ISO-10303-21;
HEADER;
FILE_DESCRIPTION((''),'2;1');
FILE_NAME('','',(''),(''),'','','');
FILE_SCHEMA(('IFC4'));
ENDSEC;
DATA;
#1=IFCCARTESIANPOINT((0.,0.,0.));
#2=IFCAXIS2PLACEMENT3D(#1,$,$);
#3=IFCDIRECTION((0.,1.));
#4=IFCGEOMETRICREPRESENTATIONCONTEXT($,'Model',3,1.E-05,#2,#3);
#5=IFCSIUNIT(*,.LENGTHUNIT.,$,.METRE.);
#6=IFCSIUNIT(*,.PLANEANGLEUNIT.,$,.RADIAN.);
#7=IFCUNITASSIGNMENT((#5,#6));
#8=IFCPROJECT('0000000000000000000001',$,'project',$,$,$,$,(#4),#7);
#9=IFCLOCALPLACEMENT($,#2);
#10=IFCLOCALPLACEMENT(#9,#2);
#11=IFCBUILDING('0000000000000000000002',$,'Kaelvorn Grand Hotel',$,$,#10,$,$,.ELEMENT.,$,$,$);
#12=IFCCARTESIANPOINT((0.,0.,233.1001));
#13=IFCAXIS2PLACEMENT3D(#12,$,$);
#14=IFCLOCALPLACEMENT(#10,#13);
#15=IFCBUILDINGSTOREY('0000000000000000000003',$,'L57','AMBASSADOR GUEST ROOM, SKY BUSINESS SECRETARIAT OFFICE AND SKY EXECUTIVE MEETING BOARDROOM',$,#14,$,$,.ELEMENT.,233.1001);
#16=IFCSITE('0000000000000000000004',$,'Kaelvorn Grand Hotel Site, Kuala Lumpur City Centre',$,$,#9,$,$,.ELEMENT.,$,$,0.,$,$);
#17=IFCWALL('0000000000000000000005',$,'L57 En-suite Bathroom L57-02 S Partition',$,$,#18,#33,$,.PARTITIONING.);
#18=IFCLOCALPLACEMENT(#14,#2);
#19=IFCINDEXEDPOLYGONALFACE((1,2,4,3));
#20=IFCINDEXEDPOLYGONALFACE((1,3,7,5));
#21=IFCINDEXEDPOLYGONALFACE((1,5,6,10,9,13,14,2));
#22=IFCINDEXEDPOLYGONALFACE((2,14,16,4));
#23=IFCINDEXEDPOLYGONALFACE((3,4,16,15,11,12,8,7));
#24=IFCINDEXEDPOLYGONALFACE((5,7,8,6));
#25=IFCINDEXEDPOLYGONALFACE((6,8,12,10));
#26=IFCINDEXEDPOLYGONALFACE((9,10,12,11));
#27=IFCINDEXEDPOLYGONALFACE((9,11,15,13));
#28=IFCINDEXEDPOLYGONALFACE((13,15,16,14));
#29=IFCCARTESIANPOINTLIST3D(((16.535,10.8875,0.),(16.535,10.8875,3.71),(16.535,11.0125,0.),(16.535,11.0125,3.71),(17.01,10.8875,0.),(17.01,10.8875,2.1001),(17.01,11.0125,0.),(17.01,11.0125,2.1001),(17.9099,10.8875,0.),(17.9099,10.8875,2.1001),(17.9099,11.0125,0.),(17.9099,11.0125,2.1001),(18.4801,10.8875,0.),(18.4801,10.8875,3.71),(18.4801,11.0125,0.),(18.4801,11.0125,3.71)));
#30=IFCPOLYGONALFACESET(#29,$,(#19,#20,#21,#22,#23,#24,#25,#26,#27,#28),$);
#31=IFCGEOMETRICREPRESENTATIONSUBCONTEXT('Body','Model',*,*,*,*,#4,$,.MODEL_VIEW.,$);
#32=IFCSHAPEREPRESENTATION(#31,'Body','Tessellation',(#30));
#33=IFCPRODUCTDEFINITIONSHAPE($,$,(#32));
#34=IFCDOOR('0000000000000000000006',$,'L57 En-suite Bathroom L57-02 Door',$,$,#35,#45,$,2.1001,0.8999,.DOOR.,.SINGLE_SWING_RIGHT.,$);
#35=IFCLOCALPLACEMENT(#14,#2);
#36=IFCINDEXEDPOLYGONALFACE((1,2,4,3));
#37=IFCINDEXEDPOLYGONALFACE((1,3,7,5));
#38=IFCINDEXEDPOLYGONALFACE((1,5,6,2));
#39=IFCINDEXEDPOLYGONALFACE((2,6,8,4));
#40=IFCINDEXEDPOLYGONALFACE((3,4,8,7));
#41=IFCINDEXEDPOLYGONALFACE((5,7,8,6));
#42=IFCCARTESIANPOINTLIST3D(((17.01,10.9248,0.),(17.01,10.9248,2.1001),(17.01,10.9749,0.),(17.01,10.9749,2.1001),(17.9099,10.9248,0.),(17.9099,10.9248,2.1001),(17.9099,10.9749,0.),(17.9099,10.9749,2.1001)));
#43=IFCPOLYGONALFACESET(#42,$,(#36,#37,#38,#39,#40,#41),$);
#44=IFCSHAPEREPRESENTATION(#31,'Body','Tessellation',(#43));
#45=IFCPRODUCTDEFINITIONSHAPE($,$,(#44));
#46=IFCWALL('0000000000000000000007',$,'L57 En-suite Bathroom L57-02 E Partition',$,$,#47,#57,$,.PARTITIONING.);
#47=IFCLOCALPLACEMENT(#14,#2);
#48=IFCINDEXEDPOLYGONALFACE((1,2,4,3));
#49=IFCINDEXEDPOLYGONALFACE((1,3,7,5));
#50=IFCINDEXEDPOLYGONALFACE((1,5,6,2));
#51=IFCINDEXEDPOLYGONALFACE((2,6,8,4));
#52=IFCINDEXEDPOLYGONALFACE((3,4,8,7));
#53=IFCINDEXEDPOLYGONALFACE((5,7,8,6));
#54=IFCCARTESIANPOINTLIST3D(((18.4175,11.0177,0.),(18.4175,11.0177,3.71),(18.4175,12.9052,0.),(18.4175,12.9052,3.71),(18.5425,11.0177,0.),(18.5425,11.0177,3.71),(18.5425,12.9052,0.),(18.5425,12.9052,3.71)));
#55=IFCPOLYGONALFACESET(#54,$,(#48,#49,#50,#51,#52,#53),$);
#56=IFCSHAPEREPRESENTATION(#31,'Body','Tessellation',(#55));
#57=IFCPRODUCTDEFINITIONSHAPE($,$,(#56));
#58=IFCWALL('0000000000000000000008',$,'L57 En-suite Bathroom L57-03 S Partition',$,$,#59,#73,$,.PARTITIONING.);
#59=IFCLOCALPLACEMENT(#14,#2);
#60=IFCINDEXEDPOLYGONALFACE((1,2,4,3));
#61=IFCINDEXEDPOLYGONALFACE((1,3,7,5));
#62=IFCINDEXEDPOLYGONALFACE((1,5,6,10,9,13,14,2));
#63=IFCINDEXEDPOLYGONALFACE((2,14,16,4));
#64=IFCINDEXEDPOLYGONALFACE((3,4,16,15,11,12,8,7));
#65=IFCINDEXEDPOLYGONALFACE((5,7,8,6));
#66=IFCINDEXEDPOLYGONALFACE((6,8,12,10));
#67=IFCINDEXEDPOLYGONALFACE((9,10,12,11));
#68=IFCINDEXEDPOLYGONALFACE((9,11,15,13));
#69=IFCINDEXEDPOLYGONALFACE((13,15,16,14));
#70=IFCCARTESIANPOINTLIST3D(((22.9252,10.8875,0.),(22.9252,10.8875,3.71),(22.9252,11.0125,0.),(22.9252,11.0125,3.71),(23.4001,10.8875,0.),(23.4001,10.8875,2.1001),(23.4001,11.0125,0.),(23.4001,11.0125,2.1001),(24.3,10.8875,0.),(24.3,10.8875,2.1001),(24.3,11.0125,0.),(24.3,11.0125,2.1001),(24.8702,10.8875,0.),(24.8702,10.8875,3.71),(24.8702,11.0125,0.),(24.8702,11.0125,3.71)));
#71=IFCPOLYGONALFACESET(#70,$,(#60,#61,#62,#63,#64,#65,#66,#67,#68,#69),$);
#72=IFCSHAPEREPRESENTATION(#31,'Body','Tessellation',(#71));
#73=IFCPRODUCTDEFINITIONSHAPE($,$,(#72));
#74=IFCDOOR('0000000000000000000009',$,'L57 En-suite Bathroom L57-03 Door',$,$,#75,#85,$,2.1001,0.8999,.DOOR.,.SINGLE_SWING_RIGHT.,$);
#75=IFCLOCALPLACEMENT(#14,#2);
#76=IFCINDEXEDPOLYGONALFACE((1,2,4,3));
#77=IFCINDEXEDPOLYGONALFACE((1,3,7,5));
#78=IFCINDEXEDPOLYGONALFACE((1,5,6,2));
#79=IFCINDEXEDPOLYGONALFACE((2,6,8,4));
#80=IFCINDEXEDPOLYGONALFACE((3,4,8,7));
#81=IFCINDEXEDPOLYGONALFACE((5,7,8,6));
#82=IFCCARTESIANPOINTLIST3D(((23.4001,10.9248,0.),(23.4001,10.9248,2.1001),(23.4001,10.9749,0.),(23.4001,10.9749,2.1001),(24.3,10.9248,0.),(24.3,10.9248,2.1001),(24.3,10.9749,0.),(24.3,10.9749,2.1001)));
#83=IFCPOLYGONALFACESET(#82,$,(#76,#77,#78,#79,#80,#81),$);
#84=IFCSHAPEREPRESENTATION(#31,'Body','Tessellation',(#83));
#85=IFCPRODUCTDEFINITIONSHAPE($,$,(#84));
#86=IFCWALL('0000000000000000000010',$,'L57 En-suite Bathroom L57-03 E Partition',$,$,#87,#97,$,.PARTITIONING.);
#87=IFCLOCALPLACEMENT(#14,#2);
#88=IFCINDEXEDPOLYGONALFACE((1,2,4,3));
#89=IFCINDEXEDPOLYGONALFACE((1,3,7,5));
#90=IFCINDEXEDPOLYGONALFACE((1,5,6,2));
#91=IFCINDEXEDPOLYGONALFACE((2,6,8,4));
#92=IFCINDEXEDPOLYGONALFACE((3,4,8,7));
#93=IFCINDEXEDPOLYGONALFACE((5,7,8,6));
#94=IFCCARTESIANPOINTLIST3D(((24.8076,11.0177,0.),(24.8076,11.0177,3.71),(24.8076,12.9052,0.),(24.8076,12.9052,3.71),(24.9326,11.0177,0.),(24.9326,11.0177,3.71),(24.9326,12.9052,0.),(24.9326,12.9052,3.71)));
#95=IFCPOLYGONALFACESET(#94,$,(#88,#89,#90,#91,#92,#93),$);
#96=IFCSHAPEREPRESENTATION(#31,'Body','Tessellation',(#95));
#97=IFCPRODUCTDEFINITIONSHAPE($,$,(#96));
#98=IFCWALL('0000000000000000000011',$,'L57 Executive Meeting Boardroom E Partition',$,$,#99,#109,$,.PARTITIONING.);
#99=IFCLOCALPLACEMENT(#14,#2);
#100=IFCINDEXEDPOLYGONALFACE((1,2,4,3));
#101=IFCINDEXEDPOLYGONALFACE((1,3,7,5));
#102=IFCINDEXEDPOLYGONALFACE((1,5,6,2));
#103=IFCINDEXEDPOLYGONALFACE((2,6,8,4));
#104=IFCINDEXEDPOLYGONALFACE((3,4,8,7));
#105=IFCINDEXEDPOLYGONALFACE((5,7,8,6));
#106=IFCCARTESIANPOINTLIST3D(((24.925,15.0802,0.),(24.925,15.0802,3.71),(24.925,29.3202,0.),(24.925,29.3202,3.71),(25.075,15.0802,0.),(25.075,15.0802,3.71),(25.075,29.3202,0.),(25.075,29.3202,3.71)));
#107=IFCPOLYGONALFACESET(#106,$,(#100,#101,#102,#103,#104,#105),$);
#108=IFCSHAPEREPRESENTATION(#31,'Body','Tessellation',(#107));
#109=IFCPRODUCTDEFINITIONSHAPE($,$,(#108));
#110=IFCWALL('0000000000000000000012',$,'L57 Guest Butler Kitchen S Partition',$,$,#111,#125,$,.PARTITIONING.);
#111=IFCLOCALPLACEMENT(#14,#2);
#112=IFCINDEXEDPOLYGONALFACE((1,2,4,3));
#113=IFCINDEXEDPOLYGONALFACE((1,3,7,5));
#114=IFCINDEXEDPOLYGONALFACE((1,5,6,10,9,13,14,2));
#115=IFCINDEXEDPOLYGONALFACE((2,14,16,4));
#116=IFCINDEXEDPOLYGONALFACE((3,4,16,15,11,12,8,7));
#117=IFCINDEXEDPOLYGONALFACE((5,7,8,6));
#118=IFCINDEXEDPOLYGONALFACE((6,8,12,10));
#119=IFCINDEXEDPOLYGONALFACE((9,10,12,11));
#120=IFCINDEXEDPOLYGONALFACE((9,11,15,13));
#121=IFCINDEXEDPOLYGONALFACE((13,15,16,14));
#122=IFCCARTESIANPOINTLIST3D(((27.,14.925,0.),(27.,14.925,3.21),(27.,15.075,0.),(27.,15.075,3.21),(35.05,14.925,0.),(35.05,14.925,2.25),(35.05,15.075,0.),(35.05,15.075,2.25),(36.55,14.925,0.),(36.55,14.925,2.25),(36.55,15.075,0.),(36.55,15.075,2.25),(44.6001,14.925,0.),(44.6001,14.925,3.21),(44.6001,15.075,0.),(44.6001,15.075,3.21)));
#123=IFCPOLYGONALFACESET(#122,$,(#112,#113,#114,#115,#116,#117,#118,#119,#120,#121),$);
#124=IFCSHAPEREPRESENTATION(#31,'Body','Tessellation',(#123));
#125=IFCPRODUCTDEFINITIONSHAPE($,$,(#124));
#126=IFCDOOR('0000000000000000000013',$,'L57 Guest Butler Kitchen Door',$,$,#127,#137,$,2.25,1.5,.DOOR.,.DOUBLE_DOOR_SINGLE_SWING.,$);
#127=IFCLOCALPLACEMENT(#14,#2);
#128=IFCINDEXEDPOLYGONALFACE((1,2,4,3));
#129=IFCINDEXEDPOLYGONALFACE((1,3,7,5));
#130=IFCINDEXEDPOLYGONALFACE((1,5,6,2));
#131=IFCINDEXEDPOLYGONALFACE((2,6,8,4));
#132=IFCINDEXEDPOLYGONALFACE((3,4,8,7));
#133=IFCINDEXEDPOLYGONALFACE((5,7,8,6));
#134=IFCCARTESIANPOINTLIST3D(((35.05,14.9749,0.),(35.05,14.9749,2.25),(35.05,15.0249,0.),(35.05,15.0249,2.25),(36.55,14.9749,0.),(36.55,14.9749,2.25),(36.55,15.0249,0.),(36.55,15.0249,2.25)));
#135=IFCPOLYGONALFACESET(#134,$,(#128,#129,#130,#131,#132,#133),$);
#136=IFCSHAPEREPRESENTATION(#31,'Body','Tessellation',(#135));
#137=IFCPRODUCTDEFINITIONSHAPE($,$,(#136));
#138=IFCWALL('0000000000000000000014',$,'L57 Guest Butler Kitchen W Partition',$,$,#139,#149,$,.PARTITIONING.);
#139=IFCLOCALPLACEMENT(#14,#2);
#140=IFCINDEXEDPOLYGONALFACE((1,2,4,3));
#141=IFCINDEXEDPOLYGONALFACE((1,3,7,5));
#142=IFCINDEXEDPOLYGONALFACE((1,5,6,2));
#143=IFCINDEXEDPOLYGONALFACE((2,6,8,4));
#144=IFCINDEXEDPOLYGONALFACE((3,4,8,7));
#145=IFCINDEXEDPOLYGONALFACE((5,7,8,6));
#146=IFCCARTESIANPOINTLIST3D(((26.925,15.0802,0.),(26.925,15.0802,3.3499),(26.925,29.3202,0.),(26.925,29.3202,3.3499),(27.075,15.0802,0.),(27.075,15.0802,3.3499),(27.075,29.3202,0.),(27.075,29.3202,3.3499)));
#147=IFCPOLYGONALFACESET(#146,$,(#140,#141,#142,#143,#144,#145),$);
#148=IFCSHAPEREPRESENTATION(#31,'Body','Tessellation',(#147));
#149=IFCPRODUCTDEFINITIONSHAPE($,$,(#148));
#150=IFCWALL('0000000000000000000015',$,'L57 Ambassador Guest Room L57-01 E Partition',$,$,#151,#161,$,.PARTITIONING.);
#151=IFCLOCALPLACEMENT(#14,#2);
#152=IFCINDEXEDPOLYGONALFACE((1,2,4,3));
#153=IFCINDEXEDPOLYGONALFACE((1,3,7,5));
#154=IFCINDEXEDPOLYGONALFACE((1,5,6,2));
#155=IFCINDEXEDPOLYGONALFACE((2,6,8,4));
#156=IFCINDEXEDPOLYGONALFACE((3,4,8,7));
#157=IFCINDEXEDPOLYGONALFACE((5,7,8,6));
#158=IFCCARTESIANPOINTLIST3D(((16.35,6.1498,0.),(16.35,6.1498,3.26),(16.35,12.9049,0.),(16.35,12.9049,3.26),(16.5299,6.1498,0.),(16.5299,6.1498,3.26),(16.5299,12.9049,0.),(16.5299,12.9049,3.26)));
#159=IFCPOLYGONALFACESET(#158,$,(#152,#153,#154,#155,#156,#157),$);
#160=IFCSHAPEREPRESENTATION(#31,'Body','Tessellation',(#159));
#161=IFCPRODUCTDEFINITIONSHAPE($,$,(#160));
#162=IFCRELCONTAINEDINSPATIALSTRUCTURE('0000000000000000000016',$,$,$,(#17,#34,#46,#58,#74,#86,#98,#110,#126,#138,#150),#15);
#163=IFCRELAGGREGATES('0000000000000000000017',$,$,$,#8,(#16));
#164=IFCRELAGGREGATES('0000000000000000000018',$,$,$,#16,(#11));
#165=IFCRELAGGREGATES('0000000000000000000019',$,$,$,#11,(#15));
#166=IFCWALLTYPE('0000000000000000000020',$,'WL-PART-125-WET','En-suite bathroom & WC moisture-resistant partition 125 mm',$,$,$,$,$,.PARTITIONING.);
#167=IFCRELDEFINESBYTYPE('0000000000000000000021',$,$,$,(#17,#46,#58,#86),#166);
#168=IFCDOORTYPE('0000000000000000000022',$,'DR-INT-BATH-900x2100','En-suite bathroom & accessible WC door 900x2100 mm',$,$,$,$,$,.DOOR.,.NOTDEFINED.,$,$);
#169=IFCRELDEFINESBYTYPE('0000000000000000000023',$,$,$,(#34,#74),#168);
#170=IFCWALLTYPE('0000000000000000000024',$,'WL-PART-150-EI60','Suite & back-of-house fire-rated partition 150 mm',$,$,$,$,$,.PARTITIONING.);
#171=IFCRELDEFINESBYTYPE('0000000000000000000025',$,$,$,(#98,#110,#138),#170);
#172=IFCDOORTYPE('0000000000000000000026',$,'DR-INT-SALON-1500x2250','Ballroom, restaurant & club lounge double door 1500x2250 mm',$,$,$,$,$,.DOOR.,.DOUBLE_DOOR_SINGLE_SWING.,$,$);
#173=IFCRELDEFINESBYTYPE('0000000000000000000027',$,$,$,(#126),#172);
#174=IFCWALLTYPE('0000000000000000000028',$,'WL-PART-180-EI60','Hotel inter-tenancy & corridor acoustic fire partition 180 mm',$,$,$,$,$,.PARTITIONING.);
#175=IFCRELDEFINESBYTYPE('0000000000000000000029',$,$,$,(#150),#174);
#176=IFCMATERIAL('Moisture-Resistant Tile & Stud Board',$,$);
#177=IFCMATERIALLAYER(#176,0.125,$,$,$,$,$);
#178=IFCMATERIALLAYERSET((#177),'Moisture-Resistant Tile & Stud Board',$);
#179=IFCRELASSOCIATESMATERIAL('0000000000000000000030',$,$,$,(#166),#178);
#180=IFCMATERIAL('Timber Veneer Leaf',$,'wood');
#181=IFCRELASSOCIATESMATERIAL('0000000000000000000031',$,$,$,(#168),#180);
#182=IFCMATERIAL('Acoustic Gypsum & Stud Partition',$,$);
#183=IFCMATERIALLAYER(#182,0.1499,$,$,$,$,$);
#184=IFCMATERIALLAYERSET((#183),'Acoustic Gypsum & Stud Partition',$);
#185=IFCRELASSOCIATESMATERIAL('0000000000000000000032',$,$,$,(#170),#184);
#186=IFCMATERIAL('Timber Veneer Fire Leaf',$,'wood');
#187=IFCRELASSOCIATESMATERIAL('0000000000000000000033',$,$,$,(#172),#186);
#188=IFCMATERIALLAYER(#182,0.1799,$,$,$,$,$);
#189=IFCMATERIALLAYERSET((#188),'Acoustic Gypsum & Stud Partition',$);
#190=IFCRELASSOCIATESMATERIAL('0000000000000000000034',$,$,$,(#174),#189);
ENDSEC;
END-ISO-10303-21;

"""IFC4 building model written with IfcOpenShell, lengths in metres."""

from ifc_helpers import new_model, si_unit, direction, frame, frame_2d, origin, place, context, subcontext, project, spatial, rectangle, extrude, material, layer, layer_set, type_object, element, fill, save


model = new_model("IFC4")

# Units and contexts
model_context = context("Model", 3, precision=1e-05, world=origin(), true_north=direction((0.0, 1.0)))
body_context = subcontext(model_context, "Body", "Model", "MODEL_VIEW")
ifc_project = project(units=[si_unit("LENGTHUNIT", "METRE"), si_unit("PLANEANGLEUNIT", "RADIAN")], contexts=[model_context])

# Site, building, storey
site_placement = place(None, origin())
site = spatial("IfcSite", under=ifc_project, at=site_placement, Name="Kaelvorn Grand Hotel Site, Kuala Lumpur City Centre", CompositionType="ELEMENT", RefElevation=0.0)
building_placement = place(site_placement, origin())
building = spatial("IfcBuilding", under=site, at=building_placement, Name="Kaelvorn Grand Hotel", CompositionType="ELEMENT")
storey_placement = place(building_placement, frame((0.0, 0.0, 233.1001)))
storey = spatial("IfcBuildingStorey", under=building, at=storey_placement, Name="L57", Description="AMBASSADOR GUEST ROOM, SKY BUSINESS SECRETARIAT OFFICE AND SKY EXECUTIVE MEETING BOARDROOM", CompositionType="ELEMENT", Elevation=233.1001)

# Wall, opening, door
ifc_material_1 = material(Name="Moisture-Resistant Tile & Stud Board")
ifc_layer_1 = layer(ifc_material_1, 0.125)
ifc_layer_set_1 = layer_set([ifc_layer_1], Name="Moisture-Resistant Tile & Stud Board")
wall_type_1 = type_object("IfcWallType", Name="WL-PART-125-WET", Description="En-suite bathroom & WC moisture-resistant partition 125 mm", PredefinedType="PARTITIONING", material=ifc_layer_set_1)
wall_1_placement = place(storey_placement, frame((16.5349, 10.95, 0.0), z_axis=(0.0, 0.0, 1.0), x_axis=(1.0, 0.0, 0.0)))
wall_1 = element("IfcWall", 1, at=wall_1_placement, inside=storey, type_object=wall_type_1, Name="L57 En-suite Bathroom L57-02 S Partition", PredefinedType="PARTITIONING", context=body_context, shape_type="SweptSolid", body=[
    extrude(rectangle(XDim=1.9451, YDim=0.125, at=frame_2d((0.9727, 0.0))), origin(), (0.0, 0.0, 1.0), 3.71),
])
opening_1_placement = place(wall_1_placement, frame((0.4751, 0.0, 0.0)))
opening_1 = element("IfcOpeningElement", 2, at=opening_1_placement, cuts=wall_1, PredefinedType="OPENING", context=body_context, shape_type="SweptSolid", body=[
    extrude(rectangle(XDim=0.8999, YDim=2.1001, at=frame_2d((0.45, 1.05))), frame((0.0, 0.0725, 0.0), z_axis=(0.0, -1.0, 0.0), x_axis=(1.0, 0.0, 0.0)), (0.0, 0.0, 1.0), 0.145),
])
ifc_material_2 = material(Name="Timber Veneer Leaf", Category="wood")
door_type_1 = type_object("IfcDoorType", Name="DR-INT-BATH-900x2100", Description="En-suite bathroom & accessible WC door 900x2100 mm", OperationType="NOTDEFINED", PredefinedType="DOOR", material=ifc_material_2)
door_1_placement = place(opening_1_placement, origin())
door_1 = element("IfcDoor", 3, at=door_1_placement, inside=storey, type_object=door_type_1, Name="L57 En-suite Bathroom L57-02 Door", OperationType="SINGLE_SWING_RIGHT", OverallHeight=2.1001, OverallWidth=0.8999, PredefinedType="DOOR", context=body_context, shape_type="SweptSolid", body=[
    extrude(rectangle(XDim=0.8999, YDim=2.1001, at=frame_2d((0.45, 1.05))), frame((0.0, 0.0249, 0.0), z_axis=(0.0, -1.0, 0.0), x_axis=(1.0, 0.0, 0.0)), (0.0, 0.0, 1.0), 0.05),
])
fill(opening_1, door_1)

# Wall
wall_2_placement = place(storey_placement, frame((18.48, 11.0176, 0.0), z_axis=(0.0, 0.0, 1.0), x_axis=(0.0, 1.0, 0.0)))
element("IfcWall", 4, at=wall_2_placement, inside=storey, type_object=wall_type_1, Name="L57 En-suite Bathroom L57-02 E Partition", PredefinedType="PARTITIONING", context=body_context, shape_type="SweptSolid", body=[
    extrude(rectangle(XDim=1.8875, YDim=0.125, at=frame_2d((0.9438, 0.0))), origin(), (0.0, 0.0, 1.0), 3.71),
])

# Wall, opening, door
wall_3_placement = place(storey_placement, frame((22.925, 10.95, 0.0), z_axis=(0.0, 0.0, 1.0), x_axis=(1.0, 0.0, 0.0)))
wall_3 = element("IfcWall", 5, at=wall_3_placement, inside=storey, type_object=wall_type_1, Name="L57 En-suite Bathroom L57-03 S Partition", PredefinedType="PARTITIONING", context=body_context, shape_type="SweptSolid", body=[
    extrude(rectangle(XDim=1.9451, YDim=0.125, at=frame_2d((0.9727, 0.0))), origin(), (0.0, 0.0, 1.0), 3.71),
])
opening_2_placement = place(wall_3_placement, frame((0.4751, 0.0, 0.0)))
opening_2 = element("IfcOpeningElement", 6, at=opening_2_placement, cuts=wall_3, PredefinedType="OPENING", context=body_context, shape_type="SweptSolid", body=[
    extrude(rectangle(XDim=0.8999, YDim=2.1001, at=frame_2d((0.45, 1.05))), frame((0.0, 0.0725, 0.0), z_axis=(0.0, -1.0, 0.0), x_axis=(1.0, 0.0, 0.0)), (0.0, 0.0, 1.0), 0.145),
])
door_2_placement = place(opening_2_placement, origin())
door_2 = element("IfcDoor", 7, at=door_2_placement, inside=storey, type_object=door_type_1, Name="L57 En-suite Bathroom L57-03 Door", OperationType="SINGLE_SWING_RIGHT", OverallHeight=2.1001, OverallWidth=0.8999, PredefinedType="DOOR", context=body_context, shape_type="SweptSolid", body=[
    extrude(rectangle(XDim=0.8999, YDim=2.1001, at=frame_2d((0.45, 1.05))), frame((0.0, 0.0249, 0.0), z_axis=(0.0, -1.0, 0.0), x_axis=(1.0, 0.0, 0.0)), (0.0, 0.0, 1.0), 0.05),
])
fill(opening_2, door_2)

# Walls
wall_4_placement = place(storey_placement, frame((24.8701, 11.0176, 0.0), z_axis=(0.0, 0.0, 1.0), x_axis=(0.0, 1.0, 0.0)))
element("IfcWall", 8, at=wall_4_placement, inside=storey, type_object=wall_type_1, Name="L57 En-suite Bathroom L57-03 E Partition", PredefinedType="PARTITIONING", context=body_context, shape_type="SweptSolid", body=[
    extrude(rectangle(XDim=1.8875, YDim=0.125, at=frame_2d((0.9438, 0.0))), origin(), (0.0, 0.0, 1.0), 3.71),
])
ifc_material_3 = material(Name="Acoustic Gypsum & Stud Partition")
ifc_layer_2 = layer(ifc_material_3, 0.1499)
ifc_layer_set_2 = layer_set([ifc_layer_2], Name="Acoustic Gypsum & Stud Partition")
wall_type_2 = type_object("IfcWallType", Name="WL-PART-150-EI60", Description="Suite & back-of-house fire-rated partition 150 mm", PredefinedType="PARTITIONING", material=ifc_layer_set_2)
wall_5_placement = place(storey_placement, frame((25.0, 15.0801, 0.0), z_axis=(0.0, 0.0, 1.0), x_axis=(0.0, 1.0, 0.0)))
element("IfcWall", 9, at=wall_5_placement, inside=storey, type_object=wall_type_2, Name="L57 Executive Meeting Boardroom E Partition", PredefinedType="PARTITIONING", context=body_context, shape_type="SweptSolid", body=[
    extrude(rectangle(XDim=14.24, YDim=0.1499, at=frame_2d((7.1201, 0.0))), origin(), (0.0, 0.0, 1.0), 3.71),
])

# Wall, opening, door
wall_6_placement = place(storey_placement, frame((27.0, 15.0, 0.0), z_axis=(0.0, 0.0, 1.0), x_axis=(1.0, 0.0, 0.0)))
wall_6 = element("IfcWall", 10, at=wall_6_placement, inside=storey, type_object=wall_type_2, Name="L57 Guest Butler Kitchen S Partition", PredefinedType="PARTITIONING", context=body_context, shape_type="SweptSolid", body=[
    extrude(rectangle(XDim=17.6001, YDim=0.1499, at=frame_2d((8.8, 0.0))), origin(), (0.0, 0.0, 1.0), 3.21),
])
opening_3_placement = place(wall_6_placement, frame((8.05, 0.0, 0.0)))
opening_3 = element("IfcOpeningElement", 11, at=opening_3_placement, cuts=wall_6, PredefinedType="OPENING", context=body_context, shape_type="SweptSolid", body=[
    extrude(rectangle(XDim=1.5, YDim=2.25, at=frame_2d((0.75, 1.125))), frame((0.0, 0.085, 0.0), z_axis=(0.0, -1.0, 0.0), x_axis=(1.0, 0.0, 0.0)), (0.0, 0.0, 1.0), 0.1699),
])
ifc_material_4 = material(Name="Timber Veneer Fire Leaf", Category="wood")
door_type_2 = type_object("IfcDoorType", Name="DR-INT-SALON-1500x2250", Description="Ballroom, restaurant & club lounge double door 1500x2250 mm", OperationType="DOUBLE_DOOR_SINGLE_SWING", PredefinedType="DOOR", material=ifc_material_4)
door_3_placement = place(opening_3_placement, origin())
door_3 = element("IfcDoor", 12, at=door_3_placement, inside=storey, type_object=door_type_2, Name="L57 Guest Butler Kitchen Door", OperationType="DOUBLE_DOOR_SINGLE_SWING", OverallHeight=2.25, OverallWidth=1.5, PredefinedType="DOOR", context=body_context, shape_type="SweptSolid", body=[
    extrude(rectangle(XDim=1.5, YDim=2.25, at=frame_2d((0.75, 1.125))), frame((0.0, 0.0249, 0.0), z_axis=(0.0, -1.0, 0.0), x_axis=(1.0, 0.0, 0.0)), (0.0, 0.0, 1.0), 0.05),
])
fill(opening_3, door_3)

# Walls
wall_7_placement = place(storey_placement, frame((27.0, 15.0801, 0.0), z_axis=(0.0, 0.0, 1.0), x_axis=(0.0, 1.0, 0.0)))
element("IfcWall", 13, at=wall_7_placement, inside=storey, type_object=wall_type_2, Name="L57 Guest Butler Kitchen W Partition", PredefinedType="PARTITIONING", context=body_context, shape_type="SweptSolid", body=[
    extrude(rectangle(XDim=14.24, YDim=0.1499, at=frame_2d((7.1201, 0.0))), origin(), (0.0, 0.0, 1.0), 3.3499),
])
ifc_layer_3 = layer(ifc_material_3, 0.1799)
ifc_layer_set_3 = layer_set([ifc_layer_3], Name="Acoustic Gypsum & Stud Partition")
wall_type_3 = type_object("IfcWallType", Name="WL-PART-180-EI60", Description="Hotel inter-tenancy & corridor acoustic fire partition 180 mm", PredefinedType="PARTITIONING", material=ifc_layer_set_3)
wall_8_placement = place(storey_placement, frame((16.4399, 6.1499, 0.0), z_axis=(0.0, 0.0, 1.0), x_axis=(0.0, 1.0, 0.0)))
element("IfcWall", 14, at=wall_8_placement, inside=storey, type_object=wall_type_3, Name="L57 Ambassador Guest Room L57-01 E Partition", PredefinedType="PARTITIONING", context=body_context, shape_type="SweptSolid", body=[
    extrude(rectangle(XDim=6.7551, YDim=0.1799, at=frame_2d((3.3774, 0.0))), origin(), (0.0, 0.0, 1.0), 3.26),
])

save(model, "model.ifc")
